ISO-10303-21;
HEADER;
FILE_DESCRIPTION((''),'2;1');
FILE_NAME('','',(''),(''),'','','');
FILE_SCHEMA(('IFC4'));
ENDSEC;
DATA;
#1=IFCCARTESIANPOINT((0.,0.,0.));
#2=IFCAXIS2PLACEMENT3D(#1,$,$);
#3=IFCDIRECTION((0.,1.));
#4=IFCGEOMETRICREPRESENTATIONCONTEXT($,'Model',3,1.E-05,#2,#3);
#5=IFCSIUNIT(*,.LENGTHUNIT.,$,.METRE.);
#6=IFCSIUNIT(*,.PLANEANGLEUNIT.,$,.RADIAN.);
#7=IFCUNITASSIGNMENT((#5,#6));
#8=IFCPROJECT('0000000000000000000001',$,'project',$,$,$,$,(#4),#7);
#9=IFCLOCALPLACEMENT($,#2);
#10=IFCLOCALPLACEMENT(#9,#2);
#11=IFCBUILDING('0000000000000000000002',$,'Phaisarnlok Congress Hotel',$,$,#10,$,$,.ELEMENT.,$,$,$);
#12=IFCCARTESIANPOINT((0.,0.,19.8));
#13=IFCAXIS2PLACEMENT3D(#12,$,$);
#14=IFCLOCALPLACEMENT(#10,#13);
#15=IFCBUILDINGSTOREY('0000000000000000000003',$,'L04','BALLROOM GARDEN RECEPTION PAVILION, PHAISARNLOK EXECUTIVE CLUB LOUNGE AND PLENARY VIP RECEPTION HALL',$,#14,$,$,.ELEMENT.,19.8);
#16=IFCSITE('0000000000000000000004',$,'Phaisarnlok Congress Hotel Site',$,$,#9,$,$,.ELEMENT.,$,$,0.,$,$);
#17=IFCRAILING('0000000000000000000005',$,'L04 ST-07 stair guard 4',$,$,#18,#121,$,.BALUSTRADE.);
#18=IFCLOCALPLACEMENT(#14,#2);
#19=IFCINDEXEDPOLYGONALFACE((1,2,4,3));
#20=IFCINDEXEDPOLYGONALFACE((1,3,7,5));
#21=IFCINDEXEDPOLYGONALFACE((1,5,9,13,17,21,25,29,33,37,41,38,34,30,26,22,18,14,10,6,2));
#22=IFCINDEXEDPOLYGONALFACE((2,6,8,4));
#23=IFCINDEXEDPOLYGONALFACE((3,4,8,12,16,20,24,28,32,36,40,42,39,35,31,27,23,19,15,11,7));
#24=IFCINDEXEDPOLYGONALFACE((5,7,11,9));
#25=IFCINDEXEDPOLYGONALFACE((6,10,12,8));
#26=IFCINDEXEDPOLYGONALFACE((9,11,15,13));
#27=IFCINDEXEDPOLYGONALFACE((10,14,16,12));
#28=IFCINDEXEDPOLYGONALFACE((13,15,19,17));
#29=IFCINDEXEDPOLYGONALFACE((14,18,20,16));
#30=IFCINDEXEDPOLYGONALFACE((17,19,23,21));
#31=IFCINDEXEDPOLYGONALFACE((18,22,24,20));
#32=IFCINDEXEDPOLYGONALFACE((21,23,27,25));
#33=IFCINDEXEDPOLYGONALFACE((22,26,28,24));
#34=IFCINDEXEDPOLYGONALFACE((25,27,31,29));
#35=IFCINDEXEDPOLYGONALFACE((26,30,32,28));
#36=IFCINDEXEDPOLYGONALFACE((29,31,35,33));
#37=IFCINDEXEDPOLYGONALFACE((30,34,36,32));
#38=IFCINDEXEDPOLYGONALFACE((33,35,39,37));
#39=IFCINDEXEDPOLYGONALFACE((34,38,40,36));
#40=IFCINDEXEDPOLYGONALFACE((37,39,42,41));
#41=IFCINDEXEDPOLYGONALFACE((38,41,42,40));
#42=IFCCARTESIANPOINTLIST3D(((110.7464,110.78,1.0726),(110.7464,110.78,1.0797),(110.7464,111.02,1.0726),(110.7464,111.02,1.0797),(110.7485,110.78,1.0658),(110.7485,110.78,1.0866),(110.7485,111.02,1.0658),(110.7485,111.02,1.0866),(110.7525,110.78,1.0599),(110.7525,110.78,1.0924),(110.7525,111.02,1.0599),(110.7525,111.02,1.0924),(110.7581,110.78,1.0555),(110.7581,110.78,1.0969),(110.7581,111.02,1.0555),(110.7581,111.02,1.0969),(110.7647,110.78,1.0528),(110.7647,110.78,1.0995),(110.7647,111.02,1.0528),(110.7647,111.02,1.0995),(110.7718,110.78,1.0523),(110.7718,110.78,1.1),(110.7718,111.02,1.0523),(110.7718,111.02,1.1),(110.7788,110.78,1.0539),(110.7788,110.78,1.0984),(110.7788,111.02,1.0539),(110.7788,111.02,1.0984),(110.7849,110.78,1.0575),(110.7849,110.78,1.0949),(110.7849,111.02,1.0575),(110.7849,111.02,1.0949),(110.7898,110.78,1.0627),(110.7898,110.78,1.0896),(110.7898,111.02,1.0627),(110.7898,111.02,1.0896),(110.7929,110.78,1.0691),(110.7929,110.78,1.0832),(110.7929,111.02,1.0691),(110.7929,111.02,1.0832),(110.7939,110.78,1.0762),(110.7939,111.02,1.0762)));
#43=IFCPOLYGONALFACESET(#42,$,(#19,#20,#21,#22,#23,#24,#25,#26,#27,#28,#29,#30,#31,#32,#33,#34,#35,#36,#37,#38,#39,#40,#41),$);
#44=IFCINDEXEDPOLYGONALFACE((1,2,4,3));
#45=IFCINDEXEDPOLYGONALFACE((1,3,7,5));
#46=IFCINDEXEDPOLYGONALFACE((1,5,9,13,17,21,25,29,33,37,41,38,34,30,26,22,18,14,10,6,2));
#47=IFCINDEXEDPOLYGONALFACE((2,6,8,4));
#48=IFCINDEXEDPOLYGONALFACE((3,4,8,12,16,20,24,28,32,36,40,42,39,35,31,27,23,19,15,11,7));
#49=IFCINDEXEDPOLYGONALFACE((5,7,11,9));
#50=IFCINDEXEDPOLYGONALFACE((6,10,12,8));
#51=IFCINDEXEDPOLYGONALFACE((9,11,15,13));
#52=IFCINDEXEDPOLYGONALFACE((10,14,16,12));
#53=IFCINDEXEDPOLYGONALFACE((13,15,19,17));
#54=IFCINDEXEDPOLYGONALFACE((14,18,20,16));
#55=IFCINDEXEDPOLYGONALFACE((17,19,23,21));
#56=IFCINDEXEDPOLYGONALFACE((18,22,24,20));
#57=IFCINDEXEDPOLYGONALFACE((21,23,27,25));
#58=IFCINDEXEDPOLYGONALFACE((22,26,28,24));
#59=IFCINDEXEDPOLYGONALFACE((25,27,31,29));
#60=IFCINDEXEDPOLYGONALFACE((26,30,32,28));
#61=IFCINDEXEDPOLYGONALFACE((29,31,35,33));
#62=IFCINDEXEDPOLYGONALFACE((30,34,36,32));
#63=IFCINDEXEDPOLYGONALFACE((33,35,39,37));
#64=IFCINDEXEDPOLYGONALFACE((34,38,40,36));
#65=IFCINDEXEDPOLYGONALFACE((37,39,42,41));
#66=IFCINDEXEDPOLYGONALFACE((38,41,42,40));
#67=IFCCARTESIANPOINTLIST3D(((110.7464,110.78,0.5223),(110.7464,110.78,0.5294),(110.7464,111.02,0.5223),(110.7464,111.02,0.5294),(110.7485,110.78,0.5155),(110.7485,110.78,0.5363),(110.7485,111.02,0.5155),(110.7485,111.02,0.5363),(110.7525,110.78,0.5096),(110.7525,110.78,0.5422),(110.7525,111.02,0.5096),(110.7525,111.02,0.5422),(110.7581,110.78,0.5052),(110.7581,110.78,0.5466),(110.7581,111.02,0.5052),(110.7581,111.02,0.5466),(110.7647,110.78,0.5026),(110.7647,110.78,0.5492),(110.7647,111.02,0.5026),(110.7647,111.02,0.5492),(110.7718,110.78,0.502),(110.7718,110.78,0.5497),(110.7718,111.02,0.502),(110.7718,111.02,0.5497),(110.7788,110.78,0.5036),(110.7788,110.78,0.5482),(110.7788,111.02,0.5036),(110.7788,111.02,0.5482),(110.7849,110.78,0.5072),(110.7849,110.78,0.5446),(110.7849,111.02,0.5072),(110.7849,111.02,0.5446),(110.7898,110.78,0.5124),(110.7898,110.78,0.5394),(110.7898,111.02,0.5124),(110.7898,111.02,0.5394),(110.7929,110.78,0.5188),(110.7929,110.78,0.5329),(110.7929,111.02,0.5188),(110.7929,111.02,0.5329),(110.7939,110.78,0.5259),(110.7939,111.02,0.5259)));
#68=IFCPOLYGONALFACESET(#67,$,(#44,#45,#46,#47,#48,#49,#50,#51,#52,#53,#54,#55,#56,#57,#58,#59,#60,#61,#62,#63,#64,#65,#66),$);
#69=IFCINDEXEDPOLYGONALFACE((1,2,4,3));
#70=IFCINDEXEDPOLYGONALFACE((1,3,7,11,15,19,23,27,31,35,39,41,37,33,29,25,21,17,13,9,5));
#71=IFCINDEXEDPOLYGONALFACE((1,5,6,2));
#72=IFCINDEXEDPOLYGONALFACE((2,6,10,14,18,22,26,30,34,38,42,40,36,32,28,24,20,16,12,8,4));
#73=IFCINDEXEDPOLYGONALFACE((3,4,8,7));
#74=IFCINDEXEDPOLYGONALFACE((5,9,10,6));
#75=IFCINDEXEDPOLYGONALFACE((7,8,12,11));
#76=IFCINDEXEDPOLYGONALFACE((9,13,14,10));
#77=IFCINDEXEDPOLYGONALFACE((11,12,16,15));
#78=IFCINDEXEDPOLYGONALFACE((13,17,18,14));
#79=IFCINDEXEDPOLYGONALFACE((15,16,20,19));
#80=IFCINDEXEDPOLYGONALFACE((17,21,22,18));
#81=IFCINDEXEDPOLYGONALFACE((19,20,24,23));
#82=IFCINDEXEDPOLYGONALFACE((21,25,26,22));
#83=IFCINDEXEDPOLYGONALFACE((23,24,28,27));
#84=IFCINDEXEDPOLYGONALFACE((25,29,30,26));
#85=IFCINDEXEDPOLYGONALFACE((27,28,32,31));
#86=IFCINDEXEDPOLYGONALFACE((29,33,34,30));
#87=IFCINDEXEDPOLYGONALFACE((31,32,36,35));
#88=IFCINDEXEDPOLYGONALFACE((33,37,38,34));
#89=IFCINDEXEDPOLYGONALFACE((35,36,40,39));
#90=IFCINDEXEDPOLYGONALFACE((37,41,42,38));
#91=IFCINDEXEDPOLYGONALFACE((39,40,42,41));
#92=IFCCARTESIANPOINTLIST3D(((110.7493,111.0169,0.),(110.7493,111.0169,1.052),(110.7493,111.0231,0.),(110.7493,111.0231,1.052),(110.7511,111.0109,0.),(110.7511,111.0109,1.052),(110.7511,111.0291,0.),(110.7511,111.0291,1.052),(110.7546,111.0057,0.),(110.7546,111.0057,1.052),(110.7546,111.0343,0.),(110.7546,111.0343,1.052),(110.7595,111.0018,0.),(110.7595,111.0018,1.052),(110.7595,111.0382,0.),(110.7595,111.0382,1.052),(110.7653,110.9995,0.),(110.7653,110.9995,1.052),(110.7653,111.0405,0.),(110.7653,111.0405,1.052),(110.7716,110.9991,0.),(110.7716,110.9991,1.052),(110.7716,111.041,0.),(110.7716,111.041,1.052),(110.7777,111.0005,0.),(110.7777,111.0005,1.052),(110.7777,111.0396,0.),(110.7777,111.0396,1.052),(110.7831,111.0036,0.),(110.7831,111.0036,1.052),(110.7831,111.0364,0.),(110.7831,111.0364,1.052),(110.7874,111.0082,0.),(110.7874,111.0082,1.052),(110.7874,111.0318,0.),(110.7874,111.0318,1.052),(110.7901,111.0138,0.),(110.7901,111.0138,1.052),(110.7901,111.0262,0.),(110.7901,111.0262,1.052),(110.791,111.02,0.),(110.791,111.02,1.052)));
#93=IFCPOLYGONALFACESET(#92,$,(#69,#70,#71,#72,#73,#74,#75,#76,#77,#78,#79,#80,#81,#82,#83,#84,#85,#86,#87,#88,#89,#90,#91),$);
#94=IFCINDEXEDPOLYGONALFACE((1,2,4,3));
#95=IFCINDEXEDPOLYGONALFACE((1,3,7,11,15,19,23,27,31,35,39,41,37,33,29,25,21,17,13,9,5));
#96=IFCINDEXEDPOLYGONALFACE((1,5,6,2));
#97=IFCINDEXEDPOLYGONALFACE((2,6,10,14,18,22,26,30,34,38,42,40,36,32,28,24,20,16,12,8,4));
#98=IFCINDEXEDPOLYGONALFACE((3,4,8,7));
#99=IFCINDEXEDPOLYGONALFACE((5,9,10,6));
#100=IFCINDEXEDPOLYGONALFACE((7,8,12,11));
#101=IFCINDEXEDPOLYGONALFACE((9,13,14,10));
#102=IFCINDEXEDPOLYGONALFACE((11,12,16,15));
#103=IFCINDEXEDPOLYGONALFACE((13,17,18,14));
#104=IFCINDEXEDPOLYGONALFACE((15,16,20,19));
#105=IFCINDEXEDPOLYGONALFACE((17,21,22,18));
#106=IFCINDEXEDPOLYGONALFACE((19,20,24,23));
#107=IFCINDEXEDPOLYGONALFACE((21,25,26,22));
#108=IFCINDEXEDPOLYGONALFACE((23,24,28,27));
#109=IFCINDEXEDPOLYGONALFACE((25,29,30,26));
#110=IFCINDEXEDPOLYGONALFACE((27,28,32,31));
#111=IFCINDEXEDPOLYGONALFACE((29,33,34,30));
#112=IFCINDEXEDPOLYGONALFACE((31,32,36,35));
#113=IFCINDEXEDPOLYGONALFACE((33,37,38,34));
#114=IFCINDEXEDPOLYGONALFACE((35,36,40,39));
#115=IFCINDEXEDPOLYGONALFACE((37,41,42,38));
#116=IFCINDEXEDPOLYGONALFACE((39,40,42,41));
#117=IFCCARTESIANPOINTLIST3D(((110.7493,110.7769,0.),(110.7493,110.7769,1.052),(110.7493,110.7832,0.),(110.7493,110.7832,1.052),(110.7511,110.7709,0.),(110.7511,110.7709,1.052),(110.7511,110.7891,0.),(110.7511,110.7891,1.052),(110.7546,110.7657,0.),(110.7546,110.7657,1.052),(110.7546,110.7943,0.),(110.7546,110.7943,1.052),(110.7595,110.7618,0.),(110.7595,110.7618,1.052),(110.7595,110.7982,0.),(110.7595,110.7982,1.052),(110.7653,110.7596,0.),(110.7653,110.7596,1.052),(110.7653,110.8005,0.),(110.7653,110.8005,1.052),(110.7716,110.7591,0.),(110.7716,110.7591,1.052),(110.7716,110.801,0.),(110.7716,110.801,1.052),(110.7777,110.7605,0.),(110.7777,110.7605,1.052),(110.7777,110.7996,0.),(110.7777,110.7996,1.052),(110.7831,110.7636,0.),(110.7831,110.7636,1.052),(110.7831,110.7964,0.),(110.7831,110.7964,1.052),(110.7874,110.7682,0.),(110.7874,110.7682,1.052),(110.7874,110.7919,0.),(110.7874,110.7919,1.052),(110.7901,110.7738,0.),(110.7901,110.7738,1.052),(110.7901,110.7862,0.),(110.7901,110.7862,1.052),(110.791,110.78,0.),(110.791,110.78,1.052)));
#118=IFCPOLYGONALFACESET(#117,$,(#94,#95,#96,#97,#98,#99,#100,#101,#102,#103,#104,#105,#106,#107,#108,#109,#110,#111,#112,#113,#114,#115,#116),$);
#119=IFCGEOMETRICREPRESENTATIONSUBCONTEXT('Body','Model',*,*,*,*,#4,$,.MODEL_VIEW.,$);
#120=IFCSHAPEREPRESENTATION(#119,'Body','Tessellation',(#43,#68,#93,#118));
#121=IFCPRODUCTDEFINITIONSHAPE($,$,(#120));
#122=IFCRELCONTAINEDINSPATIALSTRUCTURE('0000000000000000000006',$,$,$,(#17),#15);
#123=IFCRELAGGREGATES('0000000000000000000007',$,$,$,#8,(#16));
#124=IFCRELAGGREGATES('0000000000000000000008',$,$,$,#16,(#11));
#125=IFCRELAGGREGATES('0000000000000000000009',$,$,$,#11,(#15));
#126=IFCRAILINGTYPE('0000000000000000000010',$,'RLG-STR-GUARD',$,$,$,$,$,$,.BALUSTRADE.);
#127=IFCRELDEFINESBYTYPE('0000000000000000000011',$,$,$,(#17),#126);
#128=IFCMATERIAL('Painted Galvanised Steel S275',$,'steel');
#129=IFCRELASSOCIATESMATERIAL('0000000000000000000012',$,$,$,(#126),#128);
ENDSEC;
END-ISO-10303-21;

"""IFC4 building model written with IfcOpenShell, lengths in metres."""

from ifc_helpers import new_model, si_unit, direction, frame, origin, origin_2d, place, context, subcontext, project, spatial, circle, extrude, material, type_object, element, save


model = new_model("IFC4")

# Units and contexts
model_context = context("Model", 3, precision=1e-05, world=origin(), true_north=direction((0.0, 1.0)))
body_context = subcontext(model_context, "Body", "Model", "MODEL_VIEW")
ifc_project = project(units=[si_unit("LENGTHUNIT", "METRE"), si_unit("PLANEANGLEUNIT", "RADIAN")], contexts=[model_context])

# Site, building, storey
site_placement = place(None, origin())
site = spatial("IfcSite", under=ifc_project, at=site_placement, Name="Phaisarnlok Congress Hotel Site", CompositionType="ELEMENT", RefElevation=0.0)
building_placement = place(site_placement, origin())
building = spatial("IfcBuilding", under=site, at=building_placement, Name="Phaisarnlok Congress Hotel", CompositionType="ELEMENT")
storey_placement = place(building_placement, frame((0.0, 0.0, 19.8)))
storey = spatial("IfcBuildingStorey", under=building, at=storey_placement, Name="L04", Description="BALLROOM GARDEN RECEPTION PAVILION, PHAISARNLOK EXECUTIVE CLUB LOUNGE AND PLENARY VIP RECEPTION HALL", CompositionType="ELEMENT", Elevation=19.8)

# Railing
ifc_material_1 = material(Name="Painted Galvanised Steel S275", Category="steel")
railing_type_1 = type_object("IfcRailingType", Name="RLG-STR-GUARD", PredefinedType="BALUSTRADE", material=ifc_material_1)
railing_1_placement = place(storey_placement, frame((110.77, 111.02, 0.0)))
element("IfcRailing", 1, at=railing_1_placement, inside=storey, type_object=railing_type_1, Name="L04 ST-07 stair guard 4", PredefinedType="BALUSTRADE", context=body_context, shape_type="SweptSolid", body=[
    extrude(circle(Radius=0.0239, at=origin_2d()), frame((0.0, 0.0, 1.0762), z_axis=(0.0, -1.0, 0.0), x_axis=(1.0, 0.0, 0.0)), (0.0, 0.0, 1.0), 0.24),
    extrude(circle(Radius=0.0239, at=origin_2d()), frame((0.0, 0.0, 0.5259), z_axis=(0.0, -1.0, 0.0), x_axis=(1.0, 0.0, 0.0)), (0.0, 0.0, 1.0), 0.24),
    extrude(circle(Radius=0.021, at=origin_2d()), origin(), (0.0, 0.0, 1.0), 1.052),
    extrude(circle(Radius=0.021, at=origin_2d()), frame((0.0, -0.24, 0.0)), (0.0, 0.0, 1.0), 1.052),
])

save(model, "model.ifc")
